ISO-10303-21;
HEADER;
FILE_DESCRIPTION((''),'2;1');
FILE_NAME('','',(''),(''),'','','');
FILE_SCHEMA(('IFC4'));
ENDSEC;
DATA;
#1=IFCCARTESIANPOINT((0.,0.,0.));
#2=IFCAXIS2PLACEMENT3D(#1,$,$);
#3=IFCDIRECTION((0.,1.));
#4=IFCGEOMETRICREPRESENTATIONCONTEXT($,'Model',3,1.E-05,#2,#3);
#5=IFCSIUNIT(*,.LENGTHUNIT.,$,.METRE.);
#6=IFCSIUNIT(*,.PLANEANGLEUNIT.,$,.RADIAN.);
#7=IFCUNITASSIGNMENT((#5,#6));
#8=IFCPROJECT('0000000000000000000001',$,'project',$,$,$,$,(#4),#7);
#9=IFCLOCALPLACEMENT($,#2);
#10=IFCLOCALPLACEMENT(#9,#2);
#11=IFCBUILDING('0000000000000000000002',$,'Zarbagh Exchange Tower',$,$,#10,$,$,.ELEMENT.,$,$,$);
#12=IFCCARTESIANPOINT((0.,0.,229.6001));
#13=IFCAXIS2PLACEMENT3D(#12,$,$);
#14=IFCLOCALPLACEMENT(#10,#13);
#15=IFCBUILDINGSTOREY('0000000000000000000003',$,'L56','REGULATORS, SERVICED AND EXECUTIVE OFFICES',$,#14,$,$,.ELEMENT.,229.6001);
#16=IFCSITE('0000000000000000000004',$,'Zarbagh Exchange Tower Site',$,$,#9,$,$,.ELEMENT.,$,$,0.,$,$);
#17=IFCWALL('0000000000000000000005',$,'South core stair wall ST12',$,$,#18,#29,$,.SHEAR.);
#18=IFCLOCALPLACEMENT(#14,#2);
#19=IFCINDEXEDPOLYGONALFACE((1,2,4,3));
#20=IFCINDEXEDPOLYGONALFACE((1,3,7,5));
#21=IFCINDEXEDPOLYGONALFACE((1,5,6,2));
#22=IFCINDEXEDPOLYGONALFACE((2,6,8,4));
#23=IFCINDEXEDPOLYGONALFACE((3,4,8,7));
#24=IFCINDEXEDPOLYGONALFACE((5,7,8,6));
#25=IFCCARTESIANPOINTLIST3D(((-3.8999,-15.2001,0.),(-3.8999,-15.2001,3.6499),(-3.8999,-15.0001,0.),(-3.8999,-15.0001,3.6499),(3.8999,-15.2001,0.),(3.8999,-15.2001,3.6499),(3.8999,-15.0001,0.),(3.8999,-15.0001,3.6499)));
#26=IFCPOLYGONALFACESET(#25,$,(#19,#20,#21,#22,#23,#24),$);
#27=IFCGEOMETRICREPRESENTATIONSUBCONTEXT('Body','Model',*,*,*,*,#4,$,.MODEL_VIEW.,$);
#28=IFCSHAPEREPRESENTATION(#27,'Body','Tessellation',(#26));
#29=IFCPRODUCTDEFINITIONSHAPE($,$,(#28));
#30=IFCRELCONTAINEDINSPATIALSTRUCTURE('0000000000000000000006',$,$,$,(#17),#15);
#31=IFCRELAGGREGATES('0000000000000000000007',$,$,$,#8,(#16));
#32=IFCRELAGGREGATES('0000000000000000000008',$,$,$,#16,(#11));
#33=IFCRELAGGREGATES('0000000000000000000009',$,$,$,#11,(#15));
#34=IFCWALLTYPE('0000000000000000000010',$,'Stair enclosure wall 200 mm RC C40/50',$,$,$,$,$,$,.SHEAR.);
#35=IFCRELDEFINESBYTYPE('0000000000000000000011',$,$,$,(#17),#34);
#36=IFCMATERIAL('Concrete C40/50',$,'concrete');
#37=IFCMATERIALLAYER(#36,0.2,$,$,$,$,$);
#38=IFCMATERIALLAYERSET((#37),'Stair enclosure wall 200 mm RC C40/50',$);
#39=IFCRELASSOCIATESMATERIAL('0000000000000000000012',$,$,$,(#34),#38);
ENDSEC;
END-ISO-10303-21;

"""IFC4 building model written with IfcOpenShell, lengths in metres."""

from ifc_helpers import new_model, si_unit, direction, frame, frame_2d, origin, place, context, subcontext, project, spatial, rectangle, extrude, material, layer, layer_set, type_object, element, save


model = new_model("IFC4")

# Units and contexts
model_context = context("Model", 3, precision=1e-05, world=origin(), true_north=direction((0.0, 1.0)))
body_context = subcontext(model_context, "Body", "Model", "MODEL_VIEW")
ifc_project = project(units=[si_unit("LENGTHUNIT", "METRE"), si_unit("PLANEANGLEUNIT", "RADIAN")], contexts=[model_context])

# Site, building, storey
site_placement = place(None, origin())
site = spatial("IfcSite", under=ifc_project, at=site_placement, Name="Zarbagh Exchange Tower Site", CompositionType="ELEMENT", RefElevation=0.0)
building_placement = place(site_placement, origin())
building = spatial("IfcBuilding", under=site, at=building_placement, Name="Zarbagh Exchange Tower", CompositionType="ELEMENT")
storey_placement = place(building_placement, frame((0.0, 0.0, 229.6001)))
storey = spatial("IfcBuildingStorey", under=building, at=storey_placement, Name="L56", Description="REGULATORS, SERVICED AND EXECUTIVE OFFICES", CompositionType="ELEMENT", Elevation=229.6001)

# Wall
ifc_material_1 = material(Name="Concrete C40/50", Category="concrete")
ifc_layer_1 = layer(ifc_material_1, 0.2)
ifc_layer_set_1 = layer_set([ifc_layer_1], Name="Stair enclosure wall 200 mm RC C40/50")
wall_type_1 = type_object("IfcWallType", Name="Stair enclosure wall 200 mm RC C40/50", PredefinedType="SHEAR", material=ifc_layer_set_1)
wall_1_placement = place(storey_placement, frame((3.8999, -15.1001, 0.0), z_axis=(0.0, 0.0, 1.0), x_axis=(-1.0, 0.0, 0.0)))
element("IfcWall", 1, at=wall_1_placement, inside=storey, type_object=wall_type_1, Name="South core stair wall ST12", PredefinedType="SHEAR", context=body_context, shape_type="SweptSolid", body=[
    extrude(rectangle(XDim=7.7998, YDim=0.2, at=frame_2d((3.8999, 0.0))), origin(), (0.0, 0.0, 1.0), 3.6499),
])

save(model, "model.ifc")
